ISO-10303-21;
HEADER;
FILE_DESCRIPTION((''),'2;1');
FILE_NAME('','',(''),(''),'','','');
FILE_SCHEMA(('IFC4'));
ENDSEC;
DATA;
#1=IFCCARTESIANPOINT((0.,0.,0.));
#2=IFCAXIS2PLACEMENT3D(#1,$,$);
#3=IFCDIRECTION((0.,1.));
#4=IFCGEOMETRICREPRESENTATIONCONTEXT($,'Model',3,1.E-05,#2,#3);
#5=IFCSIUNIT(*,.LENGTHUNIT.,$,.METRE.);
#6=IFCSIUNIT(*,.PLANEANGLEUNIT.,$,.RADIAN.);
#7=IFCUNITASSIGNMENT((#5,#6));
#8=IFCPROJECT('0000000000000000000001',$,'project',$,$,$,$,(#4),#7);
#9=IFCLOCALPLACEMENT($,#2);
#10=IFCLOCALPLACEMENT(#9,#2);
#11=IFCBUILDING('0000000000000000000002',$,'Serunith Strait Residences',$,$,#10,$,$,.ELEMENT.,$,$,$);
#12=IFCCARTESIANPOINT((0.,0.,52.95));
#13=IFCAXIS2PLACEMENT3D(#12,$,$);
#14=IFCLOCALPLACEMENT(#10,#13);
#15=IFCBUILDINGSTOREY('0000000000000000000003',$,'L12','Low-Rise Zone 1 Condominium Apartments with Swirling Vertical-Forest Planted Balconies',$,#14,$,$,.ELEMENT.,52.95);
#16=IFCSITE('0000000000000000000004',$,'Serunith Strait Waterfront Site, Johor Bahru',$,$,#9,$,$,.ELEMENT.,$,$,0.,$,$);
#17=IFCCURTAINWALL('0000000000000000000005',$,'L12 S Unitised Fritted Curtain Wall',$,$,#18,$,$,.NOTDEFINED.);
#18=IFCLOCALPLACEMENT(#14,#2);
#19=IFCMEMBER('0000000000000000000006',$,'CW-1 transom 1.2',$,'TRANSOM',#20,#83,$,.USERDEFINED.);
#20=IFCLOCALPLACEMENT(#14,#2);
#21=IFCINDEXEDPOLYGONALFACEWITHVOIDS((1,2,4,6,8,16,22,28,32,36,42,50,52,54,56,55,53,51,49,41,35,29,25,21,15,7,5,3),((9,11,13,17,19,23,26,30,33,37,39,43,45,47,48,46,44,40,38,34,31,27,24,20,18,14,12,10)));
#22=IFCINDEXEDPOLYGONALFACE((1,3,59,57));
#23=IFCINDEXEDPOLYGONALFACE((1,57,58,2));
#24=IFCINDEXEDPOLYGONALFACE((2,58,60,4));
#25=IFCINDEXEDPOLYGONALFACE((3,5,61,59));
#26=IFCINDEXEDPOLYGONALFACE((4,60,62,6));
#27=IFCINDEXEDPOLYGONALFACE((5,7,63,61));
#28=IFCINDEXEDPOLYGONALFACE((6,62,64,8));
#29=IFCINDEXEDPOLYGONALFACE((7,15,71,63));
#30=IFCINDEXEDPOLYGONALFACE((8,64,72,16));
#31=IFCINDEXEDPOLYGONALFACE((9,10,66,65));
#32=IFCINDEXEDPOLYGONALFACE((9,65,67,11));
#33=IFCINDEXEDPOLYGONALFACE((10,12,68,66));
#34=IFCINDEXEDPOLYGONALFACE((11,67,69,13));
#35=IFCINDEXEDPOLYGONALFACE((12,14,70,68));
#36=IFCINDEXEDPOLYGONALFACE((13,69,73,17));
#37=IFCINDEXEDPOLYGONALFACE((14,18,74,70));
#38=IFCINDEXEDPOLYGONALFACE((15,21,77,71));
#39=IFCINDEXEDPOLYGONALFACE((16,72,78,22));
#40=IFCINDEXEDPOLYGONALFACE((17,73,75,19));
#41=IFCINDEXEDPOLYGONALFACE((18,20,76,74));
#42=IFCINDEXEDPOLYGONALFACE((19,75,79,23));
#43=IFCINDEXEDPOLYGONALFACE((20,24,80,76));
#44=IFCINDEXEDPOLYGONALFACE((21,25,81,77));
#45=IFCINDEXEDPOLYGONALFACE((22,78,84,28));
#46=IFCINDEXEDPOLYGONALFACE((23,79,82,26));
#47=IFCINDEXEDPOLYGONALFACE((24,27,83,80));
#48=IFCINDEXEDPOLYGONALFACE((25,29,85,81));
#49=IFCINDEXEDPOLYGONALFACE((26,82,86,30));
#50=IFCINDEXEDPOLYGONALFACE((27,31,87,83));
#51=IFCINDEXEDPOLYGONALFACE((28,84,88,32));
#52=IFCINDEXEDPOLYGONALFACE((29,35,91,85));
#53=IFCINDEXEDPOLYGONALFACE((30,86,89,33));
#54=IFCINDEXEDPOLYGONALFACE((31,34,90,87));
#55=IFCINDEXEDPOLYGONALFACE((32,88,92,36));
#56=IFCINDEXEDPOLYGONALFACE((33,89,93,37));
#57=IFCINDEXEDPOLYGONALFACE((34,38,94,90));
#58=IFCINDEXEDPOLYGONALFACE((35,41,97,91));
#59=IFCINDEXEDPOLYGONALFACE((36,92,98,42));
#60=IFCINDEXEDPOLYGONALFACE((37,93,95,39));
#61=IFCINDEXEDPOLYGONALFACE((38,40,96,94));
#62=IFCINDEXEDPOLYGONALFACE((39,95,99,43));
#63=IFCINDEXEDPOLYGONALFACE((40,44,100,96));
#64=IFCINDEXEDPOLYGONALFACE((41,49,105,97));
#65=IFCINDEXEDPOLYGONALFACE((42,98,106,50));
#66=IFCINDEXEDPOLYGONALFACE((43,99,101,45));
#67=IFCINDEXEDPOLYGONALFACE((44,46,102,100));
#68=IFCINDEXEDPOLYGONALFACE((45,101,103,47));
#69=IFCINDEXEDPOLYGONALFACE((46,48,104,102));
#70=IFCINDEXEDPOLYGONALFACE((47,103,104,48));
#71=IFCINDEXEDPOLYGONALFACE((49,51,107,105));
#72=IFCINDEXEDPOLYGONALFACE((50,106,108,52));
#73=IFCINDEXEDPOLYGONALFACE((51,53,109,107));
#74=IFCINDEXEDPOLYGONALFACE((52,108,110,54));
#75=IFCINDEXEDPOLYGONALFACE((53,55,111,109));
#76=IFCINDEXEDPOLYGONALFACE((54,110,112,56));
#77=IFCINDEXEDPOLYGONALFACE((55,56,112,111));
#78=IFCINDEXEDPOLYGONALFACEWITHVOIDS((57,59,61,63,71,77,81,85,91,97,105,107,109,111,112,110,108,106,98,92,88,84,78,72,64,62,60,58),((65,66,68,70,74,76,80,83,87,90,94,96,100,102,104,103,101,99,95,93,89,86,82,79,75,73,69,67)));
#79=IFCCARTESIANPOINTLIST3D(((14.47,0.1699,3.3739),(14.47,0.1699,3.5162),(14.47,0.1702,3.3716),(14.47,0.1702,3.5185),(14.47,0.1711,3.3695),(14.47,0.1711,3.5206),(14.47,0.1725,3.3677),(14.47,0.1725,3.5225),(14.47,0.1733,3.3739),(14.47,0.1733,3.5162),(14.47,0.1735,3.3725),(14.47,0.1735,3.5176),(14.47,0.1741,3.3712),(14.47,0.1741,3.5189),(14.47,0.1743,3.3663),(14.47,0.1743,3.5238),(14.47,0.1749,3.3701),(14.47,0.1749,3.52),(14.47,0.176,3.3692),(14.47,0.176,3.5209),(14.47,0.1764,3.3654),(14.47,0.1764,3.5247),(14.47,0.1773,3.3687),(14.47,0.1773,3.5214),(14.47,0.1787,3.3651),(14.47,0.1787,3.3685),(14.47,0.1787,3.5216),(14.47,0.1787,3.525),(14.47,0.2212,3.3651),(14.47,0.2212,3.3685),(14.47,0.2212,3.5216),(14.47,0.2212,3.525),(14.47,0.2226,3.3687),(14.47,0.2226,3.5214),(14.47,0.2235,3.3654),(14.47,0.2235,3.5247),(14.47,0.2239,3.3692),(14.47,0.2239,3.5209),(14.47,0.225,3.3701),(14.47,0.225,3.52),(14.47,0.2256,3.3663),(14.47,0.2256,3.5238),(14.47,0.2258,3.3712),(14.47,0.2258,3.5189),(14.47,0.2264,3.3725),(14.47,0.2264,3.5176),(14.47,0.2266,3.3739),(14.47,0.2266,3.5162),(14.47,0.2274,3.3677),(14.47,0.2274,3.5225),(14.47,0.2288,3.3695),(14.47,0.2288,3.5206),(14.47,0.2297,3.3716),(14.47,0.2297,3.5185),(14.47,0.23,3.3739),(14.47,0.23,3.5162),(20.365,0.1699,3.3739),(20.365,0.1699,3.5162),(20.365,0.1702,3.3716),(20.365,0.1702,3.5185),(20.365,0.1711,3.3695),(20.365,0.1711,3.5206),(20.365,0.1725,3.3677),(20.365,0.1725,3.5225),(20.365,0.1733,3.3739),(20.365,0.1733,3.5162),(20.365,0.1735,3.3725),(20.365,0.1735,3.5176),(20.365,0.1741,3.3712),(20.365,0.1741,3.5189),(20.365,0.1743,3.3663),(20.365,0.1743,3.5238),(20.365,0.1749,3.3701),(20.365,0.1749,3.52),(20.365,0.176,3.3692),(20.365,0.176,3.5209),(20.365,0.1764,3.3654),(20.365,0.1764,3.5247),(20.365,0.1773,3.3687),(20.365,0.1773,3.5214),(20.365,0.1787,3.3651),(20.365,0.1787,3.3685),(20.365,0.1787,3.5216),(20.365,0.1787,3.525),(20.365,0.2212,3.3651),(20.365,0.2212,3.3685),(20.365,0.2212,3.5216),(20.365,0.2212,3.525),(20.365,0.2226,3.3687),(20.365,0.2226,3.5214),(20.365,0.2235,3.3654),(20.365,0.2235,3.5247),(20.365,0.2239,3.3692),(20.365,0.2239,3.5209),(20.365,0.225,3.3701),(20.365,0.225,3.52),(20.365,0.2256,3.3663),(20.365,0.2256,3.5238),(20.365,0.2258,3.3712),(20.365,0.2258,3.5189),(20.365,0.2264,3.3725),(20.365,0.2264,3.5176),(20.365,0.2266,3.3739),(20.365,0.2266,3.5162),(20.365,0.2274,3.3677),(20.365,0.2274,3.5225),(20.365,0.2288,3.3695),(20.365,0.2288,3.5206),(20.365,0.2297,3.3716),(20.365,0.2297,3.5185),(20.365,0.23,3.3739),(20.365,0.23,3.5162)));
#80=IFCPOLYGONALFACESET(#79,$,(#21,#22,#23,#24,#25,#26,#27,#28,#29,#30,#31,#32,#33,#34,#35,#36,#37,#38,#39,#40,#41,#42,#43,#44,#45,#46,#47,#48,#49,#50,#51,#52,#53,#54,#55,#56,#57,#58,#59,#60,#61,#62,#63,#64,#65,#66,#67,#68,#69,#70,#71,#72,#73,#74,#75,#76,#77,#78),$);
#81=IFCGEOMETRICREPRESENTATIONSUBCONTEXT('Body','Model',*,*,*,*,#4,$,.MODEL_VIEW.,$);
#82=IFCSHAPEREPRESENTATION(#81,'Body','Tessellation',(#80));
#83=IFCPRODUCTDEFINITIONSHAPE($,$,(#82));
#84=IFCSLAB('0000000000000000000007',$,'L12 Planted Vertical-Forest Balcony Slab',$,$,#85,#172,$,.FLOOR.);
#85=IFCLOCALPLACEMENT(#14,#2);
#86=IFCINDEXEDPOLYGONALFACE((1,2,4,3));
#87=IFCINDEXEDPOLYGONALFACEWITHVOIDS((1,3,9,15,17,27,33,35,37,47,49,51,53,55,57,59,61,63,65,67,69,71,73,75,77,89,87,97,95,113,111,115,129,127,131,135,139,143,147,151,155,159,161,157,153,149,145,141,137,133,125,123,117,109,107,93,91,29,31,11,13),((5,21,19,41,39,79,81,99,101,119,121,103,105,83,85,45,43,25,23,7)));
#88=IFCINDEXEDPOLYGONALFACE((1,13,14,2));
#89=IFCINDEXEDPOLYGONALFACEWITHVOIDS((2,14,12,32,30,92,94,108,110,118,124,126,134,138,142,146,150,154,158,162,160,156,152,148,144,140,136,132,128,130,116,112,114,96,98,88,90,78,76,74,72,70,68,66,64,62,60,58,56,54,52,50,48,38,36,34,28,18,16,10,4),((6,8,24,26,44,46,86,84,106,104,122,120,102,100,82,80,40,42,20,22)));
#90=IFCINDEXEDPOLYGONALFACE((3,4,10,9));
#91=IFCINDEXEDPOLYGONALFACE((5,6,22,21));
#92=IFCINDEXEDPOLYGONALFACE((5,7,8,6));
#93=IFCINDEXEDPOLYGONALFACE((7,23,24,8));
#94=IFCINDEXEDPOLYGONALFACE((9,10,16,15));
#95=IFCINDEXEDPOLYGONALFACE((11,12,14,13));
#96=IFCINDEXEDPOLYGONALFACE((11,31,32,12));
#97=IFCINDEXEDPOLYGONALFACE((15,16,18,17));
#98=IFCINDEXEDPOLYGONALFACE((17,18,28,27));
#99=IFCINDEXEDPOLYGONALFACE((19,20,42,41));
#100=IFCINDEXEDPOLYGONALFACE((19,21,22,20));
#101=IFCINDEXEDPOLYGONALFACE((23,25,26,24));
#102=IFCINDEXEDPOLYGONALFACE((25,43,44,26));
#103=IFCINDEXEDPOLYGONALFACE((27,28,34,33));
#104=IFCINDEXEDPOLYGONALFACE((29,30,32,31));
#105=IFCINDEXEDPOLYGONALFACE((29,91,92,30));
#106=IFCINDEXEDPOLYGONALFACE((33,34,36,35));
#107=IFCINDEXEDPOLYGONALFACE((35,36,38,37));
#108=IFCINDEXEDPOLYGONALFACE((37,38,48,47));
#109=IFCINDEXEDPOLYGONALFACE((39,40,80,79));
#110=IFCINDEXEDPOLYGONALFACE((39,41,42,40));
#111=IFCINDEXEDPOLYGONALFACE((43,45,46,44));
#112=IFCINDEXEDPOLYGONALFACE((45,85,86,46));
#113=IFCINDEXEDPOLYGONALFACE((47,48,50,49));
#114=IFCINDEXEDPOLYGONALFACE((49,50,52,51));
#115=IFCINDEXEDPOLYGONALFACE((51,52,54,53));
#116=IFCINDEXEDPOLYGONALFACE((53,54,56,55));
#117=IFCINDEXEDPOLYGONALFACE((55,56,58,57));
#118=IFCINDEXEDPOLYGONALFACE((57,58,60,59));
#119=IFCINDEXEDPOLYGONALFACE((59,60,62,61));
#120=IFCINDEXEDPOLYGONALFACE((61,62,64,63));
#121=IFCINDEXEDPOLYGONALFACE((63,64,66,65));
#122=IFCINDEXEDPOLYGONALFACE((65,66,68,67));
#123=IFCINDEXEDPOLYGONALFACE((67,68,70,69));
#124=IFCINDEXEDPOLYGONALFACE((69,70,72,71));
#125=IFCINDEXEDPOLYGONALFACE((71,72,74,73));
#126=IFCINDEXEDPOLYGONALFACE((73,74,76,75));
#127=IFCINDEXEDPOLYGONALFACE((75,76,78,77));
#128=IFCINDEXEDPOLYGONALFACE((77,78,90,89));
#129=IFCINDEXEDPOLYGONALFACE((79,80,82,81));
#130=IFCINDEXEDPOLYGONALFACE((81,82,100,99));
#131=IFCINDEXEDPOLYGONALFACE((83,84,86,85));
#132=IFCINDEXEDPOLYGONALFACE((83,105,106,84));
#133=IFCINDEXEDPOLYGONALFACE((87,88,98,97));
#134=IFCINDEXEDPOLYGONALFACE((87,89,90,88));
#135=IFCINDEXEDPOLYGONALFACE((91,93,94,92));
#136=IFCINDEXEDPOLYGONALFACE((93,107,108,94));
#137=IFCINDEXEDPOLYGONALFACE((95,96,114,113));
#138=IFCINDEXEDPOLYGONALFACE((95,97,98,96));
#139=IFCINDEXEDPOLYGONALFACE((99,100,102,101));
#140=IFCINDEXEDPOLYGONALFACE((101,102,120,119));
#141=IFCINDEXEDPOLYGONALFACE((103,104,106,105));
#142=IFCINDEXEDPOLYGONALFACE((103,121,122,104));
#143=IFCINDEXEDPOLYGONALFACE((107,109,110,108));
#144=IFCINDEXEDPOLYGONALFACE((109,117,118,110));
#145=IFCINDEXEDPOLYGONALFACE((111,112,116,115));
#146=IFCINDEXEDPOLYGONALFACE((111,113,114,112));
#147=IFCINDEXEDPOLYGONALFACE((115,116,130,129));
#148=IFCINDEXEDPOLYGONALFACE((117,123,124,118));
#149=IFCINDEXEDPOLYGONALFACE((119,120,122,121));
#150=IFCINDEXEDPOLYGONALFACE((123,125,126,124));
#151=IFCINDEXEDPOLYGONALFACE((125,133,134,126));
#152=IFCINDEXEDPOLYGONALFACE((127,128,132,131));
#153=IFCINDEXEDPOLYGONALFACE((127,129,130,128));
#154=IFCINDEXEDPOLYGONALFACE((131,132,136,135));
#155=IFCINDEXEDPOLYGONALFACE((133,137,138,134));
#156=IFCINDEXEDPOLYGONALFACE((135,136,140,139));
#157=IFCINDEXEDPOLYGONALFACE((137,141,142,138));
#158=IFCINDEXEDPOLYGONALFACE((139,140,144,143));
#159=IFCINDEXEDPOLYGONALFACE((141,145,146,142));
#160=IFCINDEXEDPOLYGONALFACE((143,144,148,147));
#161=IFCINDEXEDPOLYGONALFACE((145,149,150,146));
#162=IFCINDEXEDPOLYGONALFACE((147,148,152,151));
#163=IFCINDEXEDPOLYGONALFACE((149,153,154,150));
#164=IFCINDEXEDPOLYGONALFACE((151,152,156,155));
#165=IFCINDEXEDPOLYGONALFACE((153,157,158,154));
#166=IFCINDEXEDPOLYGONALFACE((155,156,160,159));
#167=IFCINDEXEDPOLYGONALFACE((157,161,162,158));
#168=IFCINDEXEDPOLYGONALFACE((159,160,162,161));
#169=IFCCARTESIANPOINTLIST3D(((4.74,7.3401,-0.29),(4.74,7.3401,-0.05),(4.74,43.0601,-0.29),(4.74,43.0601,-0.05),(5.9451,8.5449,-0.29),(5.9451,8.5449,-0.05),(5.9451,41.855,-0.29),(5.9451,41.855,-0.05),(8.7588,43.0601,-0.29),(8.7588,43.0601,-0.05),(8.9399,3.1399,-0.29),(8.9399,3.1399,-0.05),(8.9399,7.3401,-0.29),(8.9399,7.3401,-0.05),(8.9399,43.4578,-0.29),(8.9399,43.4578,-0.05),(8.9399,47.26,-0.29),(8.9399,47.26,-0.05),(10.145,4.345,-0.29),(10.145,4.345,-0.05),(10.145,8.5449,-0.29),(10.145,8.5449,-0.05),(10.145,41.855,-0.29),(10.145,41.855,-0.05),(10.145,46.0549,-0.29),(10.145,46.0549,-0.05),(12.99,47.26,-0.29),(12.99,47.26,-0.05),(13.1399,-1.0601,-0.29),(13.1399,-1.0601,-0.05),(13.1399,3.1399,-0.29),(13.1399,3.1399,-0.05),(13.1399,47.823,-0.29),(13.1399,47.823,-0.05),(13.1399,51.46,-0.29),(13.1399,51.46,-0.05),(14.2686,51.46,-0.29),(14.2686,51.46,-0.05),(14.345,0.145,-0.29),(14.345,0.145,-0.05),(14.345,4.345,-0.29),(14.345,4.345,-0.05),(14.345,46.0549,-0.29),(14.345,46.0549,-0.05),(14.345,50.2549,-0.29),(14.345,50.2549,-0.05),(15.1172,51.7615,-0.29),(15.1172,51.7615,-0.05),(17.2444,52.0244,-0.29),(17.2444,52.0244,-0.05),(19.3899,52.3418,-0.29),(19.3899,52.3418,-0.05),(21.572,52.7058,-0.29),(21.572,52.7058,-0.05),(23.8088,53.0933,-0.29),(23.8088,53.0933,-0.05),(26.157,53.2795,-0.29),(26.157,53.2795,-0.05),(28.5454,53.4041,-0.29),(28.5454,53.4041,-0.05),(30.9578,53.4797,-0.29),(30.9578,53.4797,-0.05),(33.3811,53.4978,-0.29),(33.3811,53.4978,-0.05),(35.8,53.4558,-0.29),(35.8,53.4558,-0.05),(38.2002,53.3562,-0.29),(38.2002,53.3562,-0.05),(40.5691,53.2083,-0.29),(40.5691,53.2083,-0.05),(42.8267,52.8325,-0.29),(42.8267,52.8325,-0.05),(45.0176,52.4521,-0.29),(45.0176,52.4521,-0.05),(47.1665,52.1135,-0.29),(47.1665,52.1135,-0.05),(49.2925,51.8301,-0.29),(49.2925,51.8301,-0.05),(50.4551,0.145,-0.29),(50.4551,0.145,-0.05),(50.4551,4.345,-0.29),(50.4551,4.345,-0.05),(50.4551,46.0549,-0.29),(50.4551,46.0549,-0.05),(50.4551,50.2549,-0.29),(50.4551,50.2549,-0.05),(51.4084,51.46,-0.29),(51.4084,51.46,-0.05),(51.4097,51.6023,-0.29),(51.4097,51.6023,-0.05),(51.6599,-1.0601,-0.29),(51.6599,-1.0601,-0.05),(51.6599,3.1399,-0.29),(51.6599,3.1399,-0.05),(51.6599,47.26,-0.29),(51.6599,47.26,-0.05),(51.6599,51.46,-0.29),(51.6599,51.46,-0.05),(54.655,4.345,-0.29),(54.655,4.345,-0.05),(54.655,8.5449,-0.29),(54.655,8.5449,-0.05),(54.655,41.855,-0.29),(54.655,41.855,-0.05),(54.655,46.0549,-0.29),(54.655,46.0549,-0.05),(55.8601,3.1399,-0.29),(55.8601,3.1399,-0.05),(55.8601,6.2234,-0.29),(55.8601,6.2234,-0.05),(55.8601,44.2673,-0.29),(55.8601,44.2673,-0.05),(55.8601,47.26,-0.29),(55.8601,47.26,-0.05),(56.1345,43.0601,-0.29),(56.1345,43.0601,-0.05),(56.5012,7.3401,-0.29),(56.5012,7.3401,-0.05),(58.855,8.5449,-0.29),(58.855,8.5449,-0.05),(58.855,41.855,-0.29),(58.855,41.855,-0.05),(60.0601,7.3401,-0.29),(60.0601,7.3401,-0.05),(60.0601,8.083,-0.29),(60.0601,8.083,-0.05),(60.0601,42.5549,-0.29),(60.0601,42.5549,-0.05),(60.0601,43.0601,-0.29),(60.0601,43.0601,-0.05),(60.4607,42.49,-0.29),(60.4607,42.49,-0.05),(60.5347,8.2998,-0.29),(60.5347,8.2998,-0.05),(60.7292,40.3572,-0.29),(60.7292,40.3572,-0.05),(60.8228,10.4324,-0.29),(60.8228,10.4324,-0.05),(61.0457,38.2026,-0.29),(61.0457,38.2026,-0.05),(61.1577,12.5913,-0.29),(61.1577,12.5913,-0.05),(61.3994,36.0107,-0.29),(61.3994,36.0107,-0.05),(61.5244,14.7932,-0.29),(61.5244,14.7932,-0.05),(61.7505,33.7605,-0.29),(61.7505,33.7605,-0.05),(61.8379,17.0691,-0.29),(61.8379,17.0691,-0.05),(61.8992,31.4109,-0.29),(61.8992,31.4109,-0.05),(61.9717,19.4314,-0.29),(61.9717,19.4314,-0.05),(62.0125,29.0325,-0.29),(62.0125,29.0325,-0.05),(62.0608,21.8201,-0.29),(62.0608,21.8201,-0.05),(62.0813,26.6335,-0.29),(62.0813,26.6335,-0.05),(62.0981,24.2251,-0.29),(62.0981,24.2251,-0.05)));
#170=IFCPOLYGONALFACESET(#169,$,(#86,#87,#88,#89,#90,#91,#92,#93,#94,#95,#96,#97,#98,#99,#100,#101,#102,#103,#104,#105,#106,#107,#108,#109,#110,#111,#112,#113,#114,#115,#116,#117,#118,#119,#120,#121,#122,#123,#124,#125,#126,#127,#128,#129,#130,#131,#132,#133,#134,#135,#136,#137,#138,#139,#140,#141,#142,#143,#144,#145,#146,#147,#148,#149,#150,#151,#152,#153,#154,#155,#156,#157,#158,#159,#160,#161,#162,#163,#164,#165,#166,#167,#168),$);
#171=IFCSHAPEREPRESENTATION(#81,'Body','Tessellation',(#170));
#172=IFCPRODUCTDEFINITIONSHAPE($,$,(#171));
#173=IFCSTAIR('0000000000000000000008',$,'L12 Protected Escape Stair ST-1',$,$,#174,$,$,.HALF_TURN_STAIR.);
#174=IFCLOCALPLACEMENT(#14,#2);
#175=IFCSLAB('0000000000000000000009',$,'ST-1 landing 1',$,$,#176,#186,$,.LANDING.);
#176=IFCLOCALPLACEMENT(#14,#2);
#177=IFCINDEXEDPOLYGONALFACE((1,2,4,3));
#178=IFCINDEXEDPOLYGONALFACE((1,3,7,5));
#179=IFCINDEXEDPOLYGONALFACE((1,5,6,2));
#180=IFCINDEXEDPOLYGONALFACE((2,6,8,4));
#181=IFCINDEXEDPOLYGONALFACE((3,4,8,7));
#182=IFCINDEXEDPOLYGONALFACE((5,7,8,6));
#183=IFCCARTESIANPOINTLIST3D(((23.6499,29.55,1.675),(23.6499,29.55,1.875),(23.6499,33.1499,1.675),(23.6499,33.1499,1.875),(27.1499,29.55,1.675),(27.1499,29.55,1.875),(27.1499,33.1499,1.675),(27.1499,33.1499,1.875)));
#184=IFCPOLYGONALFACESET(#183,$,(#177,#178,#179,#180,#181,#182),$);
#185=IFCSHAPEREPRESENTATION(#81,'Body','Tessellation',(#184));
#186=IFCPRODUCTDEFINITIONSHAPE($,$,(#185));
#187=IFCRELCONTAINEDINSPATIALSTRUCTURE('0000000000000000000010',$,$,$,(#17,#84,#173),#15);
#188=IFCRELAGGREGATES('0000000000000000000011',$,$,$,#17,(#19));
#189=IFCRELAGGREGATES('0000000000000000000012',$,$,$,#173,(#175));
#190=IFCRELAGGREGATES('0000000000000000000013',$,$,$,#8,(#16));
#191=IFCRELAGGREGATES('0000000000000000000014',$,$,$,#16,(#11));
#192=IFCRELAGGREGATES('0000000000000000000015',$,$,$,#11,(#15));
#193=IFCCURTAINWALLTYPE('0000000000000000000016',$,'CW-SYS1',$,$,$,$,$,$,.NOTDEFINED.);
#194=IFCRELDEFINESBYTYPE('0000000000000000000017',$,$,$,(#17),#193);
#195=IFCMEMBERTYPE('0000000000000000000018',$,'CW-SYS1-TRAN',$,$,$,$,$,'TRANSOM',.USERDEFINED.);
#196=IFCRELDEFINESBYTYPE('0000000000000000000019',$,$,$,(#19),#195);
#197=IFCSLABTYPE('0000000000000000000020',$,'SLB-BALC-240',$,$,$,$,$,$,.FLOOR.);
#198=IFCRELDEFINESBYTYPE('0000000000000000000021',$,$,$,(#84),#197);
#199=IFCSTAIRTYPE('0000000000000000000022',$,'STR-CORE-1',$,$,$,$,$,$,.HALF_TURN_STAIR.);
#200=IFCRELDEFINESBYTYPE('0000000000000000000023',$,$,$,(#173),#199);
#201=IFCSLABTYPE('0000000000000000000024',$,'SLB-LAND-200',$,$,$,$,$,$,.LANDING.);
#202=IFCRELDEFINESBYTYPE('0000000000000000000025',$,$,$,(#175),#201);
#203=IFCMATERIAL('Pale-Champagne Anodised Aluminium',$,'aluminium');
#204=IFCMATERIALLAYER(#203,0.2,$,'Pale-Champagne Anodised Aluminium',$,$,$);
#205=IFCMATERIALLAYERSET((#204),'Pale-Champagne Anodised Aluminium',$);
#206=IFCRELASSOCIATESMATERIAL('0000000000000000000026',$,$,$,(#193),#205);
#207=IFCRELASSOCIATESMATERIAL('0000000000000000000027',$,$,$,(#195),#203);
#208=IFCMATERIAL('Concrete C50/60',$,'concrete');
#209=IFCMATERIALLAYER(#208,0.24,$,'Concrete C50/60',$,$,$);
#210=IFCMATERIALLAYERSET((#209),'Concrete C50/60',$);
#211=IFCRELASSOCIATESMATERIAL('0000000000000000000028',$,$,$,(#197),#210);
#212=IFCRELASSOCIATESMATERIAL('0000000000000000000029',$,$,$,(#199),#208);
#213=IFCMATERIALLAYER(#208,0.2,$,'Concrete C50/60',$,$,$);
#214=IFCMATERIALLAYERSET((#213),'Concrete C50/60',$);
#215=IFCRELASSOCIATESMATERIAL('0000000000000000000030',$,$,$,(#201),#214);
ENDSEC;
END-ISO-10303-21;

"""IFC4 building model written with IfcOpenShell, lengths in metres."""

from ifc_helpers import new_model, si_unit, direction, frame, origin, origin_2d, place, context, subcontext, project, spatial, polyline, hollow_rectangle, outline, extrude, source, transform, mapped, material, layer, layer_set, material_profile, profile_set, type_object, element, aggregate, save


model = new_model("IFC4")

# Units and contexts
model_context = context("Model", 3, precision=1e-05, world=origin(), true_north=direction((0.0, 1.0)))
body_context = subcontext(model_context, "Body", "Model", "MODEL_VIEW")
ifc_project = project(units=[si_unit("LENGTHUNIT", "METRE"), si_unit("PLANEANGLEUNIT", "RADIAN")], contexts=[model_context])

# Site, building, storey
site_placement = place(None, origin())
site = spatial("IfcSite", under=ifc_project, at=site_placement, Name="Serunith Strait Waterfront Site, Johor Bahru", CompositionType="ELEMENT", RefElevation=0.0)
building_placement = place(site_placement, origin())
building = spatial("IfcBuilding", under=site, at=building_placement, Name="Serunith Strait Residences", CompositionType="ELEMENT")
storey_placement = place(building_placement, frame((0.0, 0.0, 52.95)))
storey = spatial("IfcBuildingStorey", under=building, at=storey_placement, Name="L12", Description="Low-Rise Zone 1 Condominium Apartments with Swirling Vertical-Forest Planted Balconies", CompositionType="ELEMENT", Elevation=52.95)

# Curtain wall
ifc_material_1 = material(Name="Pale-Champagne Anodised Aluminium", Category="aluminium")
ifc_layer_1 = layer(ifc_material_1, 0.2, Name="Pale-Champagne Anodised Aluminium")
ifc_layer_set_1 = layer_set([ifc_layer_1], Name="Pale-Champagne Anodised Aluminium")
curtain_wall_type = type_object("IfcCurtainWallType", Name="CW-SYS1", PredefinedType="NOTDEFINED", material=ifc_layer_set_1)
curtain_wall_1_placement = place(storey_placement, origin())
curtain_wall_1 = element("IfcCurtainWall", 1, at=curtain_wall_1_placement, inside=storey, type_object=curtain_wall_type, Name="L12 S Unitised Fritted Curtain Wall", PredefinedType="NOTDEFINED")

# Member
ifc_material_profile_1 = material_profile(ifc_material_1, hollow_rectangle(XDim=0.0601, YDim=0.1599, WallThickness=0.0034, InnerFilletRadius=0.0054, OuterFilletRadius=0.0088, at=origin_2d()), Name="ALU 160x60x3.5")
ifc_profile_set_1 = profile_set([ifc_material_profile_1], Name="Pale-Champagne Anodised Aluminium")
member_type_1 = type_object("IfcMemberType", Name="CW-SYS1-TRAN", ElementType="TRANSOM", PredefinedType="USERDEFINED", material=ifc_profile_set_1)
shared_shape_1 = source(origin(), body_context, "Body", "SweptSolid", [
    extrude(hollow_rectangle(XDim=0.0601, YDim=0.1599, WallThickness=0.0034, InnerFilletRadius=0.0054, OuterFilletRadius=0.0088, at=origin_2d()), origin(), (0.0, 0.0, 1.0), 5.895),
])
member_1_placement = place(storey_placement, frame((14.47, 0.2, 3.4451), z_axis=(1.0, 0.0, 0.0), x_axis=(0.0, 1.0, 0.0)))
member_1 = element("IfcMember", 2, at=member_1_placement, type_object=member_type_1, Name="CW-1 transom 1.2", ObjectType="TRANSOM", PredefinedType="USERDEFINED", context=body_context, shape_type="MappedRepresentation", body=[
    mapped(shared_shape_1, transform((0.0, 0.0, 0.0), scale=1.0)),
])
aggregate(curtain_wall_1, [member_1])

# Slab
ifc_material_2 = material(Name="Concrete C50/60", Category="concrete")
ifc_layer_2 = layer(ifc_material_2, 0.24, Name="Concrete C50/60")
ifc_layer_set_2 = layer_set([ifc_layer_2], Name="Concrete C50/60")
slab_type_1 = type_object("IfcSlabType", Name="SLB-BALC-240", PredefinedType="FLOOR", material=ifc_layer_set_2)
slab_1_placement = place(storey_placement, frame((0.0, 0.0, -0.29)))
element("IfcSlab", 3, at=slab_1_placement, inside=storey, type_object=slab_type_1, Name="L12 Planted Vertical-Forest Balcony Slab", PredefinedType="FLOOR", context=body_context, shape_type="SweptSolid", body=[
    extrude(outline(polyline([(12.99, 47.26), (13.1399, 47.823), (13.1399, 51.46), (14.2686, 51.46), (15.1172, 51.7615), (17.2444, 52.0244), (19.3899, 52.3418), (21.572, 52.7058), (23.8088, 53.0933), (26.157, 53.2795), (28.5454, 53.4041), (30.9578, 53.4797), (33.3811, 53.4978), (35.8, 53.4558), (38.2002, 53.3562), (40.5691, 53.2083), (42.8267, 52.8325), (45.0176, 52.4521), (47.1665, 52.1135), (49.2925, 51.8301), (51.4097, 51.6023), (51.4084, 51.46), (51.6599, 51.46), (51.6599, 47.26), (55.8601, 47.26), (55.8601, 44.2673), (56.1345, 43.0601), (60.0601, 43.0601), (60.0601, 42.5549), (60.4607, 42.49), (60.7292, 40.3572), (61.0457, 38.2026), (61.3994, 36.0107), (61.7505, 33.7605), (61.8992, 31.4109), (62.0125, 29.0325), (62.0813, 26.6335), (62.0981, 24.2251), (62.0608, 21.8201), (61.9717, 19.4314), (61.8379, 17.0691), (61.5244, 14.7932), (61.1577, 12.5913), (60.8228, 10.4324), (60.5347, 8.2998), (60.0601, 8.083), (60.0601, 7.3401), (56.5012, 7.3401), (55.8601, 6.2234), (55.8601, 3.1399), (51.6599, 3.1399), (51.6599, -1.0601), (13.1399, -1.0601), (13.1399, 3.1399), (8.9399, 3.1399), (8.9399, 7.3401), (4.74, 7.3401), (4.74, 43.0601), (8.7588, 43.0601), (8.9399, 43.4578), (8.9399, 47.26), (12.99, 47.26)]), holes=[polyline([(50.4551, 0.145), (50.4551, 4.345), (54.655, 4.345), (54.655, 8.5449), (58.855, 8.5449), (58.855, 41.855), (54.655, 41.855), (54.655, 46.0549), (50.4551, 46.0549), (50.4551, 50.2549), (14.345, 50.2549), (14.345, 46.0549), (10.145, 46.0549), (10.145, 41.855), (5.9451, 41.855), (5.9451, 8.5449), (10.145, 8.5449), (10.145, 4.345), (14.345, 4.345), (14.345, 0.145), (50.4551, 0.145)])]), origin(), (0.0, 0.0, 1.0), 0.24),
])

# Stair, slab
stair_type_1 = type_object("IfcStairType", Name="STR-CORE-1", PredefinedType="HALF_TURN_STAIR", material=ifc_material_2)
stair_1_placement = place(storey_placement, origin())
stair_1 = element("IfcStair", 4, at=stair_1_placement, inside=storey, type_object=stair_type_1, Name="L12 Protected Escape Stair ST-1", PredefinedType="HALF_TURN_STAIR")
ifc_layer_3 = layer(ifc_material_2, 0.2, Name="Concrete C50/60")
ifc_layer_set_3 = layer_set([ifc_layer_3], Name="Concrete C50/60")
slab_type_2 = type_object("IfcSlabType", Name="SLB-LAND-200", PredefinedType="LANDING", material=ifc_layer_set_3)
slab_2_placement = place(storey_placement, frame((0.0, 0.0, 1.675)))
slab_2 = element("IfcSlab", 5, at=slab_2_placement, type_object=slab_type_2, Name="ST-1 landing 1", PredefinedType="LANDING", context=body_context, shape_type="SweptSolid", body=[
    extrude(outline(polyline([(27.1499, 29.55), (27.1499, 33.1499), (23.6499, 33.1499), (23.6499, 29.55), (27.1499, 29.55)])), origin(), (0.0, 0.0, 1.0), 0.2),
])
aggregate(stair_1, [slab_2])

save(model, "model.ifc")
